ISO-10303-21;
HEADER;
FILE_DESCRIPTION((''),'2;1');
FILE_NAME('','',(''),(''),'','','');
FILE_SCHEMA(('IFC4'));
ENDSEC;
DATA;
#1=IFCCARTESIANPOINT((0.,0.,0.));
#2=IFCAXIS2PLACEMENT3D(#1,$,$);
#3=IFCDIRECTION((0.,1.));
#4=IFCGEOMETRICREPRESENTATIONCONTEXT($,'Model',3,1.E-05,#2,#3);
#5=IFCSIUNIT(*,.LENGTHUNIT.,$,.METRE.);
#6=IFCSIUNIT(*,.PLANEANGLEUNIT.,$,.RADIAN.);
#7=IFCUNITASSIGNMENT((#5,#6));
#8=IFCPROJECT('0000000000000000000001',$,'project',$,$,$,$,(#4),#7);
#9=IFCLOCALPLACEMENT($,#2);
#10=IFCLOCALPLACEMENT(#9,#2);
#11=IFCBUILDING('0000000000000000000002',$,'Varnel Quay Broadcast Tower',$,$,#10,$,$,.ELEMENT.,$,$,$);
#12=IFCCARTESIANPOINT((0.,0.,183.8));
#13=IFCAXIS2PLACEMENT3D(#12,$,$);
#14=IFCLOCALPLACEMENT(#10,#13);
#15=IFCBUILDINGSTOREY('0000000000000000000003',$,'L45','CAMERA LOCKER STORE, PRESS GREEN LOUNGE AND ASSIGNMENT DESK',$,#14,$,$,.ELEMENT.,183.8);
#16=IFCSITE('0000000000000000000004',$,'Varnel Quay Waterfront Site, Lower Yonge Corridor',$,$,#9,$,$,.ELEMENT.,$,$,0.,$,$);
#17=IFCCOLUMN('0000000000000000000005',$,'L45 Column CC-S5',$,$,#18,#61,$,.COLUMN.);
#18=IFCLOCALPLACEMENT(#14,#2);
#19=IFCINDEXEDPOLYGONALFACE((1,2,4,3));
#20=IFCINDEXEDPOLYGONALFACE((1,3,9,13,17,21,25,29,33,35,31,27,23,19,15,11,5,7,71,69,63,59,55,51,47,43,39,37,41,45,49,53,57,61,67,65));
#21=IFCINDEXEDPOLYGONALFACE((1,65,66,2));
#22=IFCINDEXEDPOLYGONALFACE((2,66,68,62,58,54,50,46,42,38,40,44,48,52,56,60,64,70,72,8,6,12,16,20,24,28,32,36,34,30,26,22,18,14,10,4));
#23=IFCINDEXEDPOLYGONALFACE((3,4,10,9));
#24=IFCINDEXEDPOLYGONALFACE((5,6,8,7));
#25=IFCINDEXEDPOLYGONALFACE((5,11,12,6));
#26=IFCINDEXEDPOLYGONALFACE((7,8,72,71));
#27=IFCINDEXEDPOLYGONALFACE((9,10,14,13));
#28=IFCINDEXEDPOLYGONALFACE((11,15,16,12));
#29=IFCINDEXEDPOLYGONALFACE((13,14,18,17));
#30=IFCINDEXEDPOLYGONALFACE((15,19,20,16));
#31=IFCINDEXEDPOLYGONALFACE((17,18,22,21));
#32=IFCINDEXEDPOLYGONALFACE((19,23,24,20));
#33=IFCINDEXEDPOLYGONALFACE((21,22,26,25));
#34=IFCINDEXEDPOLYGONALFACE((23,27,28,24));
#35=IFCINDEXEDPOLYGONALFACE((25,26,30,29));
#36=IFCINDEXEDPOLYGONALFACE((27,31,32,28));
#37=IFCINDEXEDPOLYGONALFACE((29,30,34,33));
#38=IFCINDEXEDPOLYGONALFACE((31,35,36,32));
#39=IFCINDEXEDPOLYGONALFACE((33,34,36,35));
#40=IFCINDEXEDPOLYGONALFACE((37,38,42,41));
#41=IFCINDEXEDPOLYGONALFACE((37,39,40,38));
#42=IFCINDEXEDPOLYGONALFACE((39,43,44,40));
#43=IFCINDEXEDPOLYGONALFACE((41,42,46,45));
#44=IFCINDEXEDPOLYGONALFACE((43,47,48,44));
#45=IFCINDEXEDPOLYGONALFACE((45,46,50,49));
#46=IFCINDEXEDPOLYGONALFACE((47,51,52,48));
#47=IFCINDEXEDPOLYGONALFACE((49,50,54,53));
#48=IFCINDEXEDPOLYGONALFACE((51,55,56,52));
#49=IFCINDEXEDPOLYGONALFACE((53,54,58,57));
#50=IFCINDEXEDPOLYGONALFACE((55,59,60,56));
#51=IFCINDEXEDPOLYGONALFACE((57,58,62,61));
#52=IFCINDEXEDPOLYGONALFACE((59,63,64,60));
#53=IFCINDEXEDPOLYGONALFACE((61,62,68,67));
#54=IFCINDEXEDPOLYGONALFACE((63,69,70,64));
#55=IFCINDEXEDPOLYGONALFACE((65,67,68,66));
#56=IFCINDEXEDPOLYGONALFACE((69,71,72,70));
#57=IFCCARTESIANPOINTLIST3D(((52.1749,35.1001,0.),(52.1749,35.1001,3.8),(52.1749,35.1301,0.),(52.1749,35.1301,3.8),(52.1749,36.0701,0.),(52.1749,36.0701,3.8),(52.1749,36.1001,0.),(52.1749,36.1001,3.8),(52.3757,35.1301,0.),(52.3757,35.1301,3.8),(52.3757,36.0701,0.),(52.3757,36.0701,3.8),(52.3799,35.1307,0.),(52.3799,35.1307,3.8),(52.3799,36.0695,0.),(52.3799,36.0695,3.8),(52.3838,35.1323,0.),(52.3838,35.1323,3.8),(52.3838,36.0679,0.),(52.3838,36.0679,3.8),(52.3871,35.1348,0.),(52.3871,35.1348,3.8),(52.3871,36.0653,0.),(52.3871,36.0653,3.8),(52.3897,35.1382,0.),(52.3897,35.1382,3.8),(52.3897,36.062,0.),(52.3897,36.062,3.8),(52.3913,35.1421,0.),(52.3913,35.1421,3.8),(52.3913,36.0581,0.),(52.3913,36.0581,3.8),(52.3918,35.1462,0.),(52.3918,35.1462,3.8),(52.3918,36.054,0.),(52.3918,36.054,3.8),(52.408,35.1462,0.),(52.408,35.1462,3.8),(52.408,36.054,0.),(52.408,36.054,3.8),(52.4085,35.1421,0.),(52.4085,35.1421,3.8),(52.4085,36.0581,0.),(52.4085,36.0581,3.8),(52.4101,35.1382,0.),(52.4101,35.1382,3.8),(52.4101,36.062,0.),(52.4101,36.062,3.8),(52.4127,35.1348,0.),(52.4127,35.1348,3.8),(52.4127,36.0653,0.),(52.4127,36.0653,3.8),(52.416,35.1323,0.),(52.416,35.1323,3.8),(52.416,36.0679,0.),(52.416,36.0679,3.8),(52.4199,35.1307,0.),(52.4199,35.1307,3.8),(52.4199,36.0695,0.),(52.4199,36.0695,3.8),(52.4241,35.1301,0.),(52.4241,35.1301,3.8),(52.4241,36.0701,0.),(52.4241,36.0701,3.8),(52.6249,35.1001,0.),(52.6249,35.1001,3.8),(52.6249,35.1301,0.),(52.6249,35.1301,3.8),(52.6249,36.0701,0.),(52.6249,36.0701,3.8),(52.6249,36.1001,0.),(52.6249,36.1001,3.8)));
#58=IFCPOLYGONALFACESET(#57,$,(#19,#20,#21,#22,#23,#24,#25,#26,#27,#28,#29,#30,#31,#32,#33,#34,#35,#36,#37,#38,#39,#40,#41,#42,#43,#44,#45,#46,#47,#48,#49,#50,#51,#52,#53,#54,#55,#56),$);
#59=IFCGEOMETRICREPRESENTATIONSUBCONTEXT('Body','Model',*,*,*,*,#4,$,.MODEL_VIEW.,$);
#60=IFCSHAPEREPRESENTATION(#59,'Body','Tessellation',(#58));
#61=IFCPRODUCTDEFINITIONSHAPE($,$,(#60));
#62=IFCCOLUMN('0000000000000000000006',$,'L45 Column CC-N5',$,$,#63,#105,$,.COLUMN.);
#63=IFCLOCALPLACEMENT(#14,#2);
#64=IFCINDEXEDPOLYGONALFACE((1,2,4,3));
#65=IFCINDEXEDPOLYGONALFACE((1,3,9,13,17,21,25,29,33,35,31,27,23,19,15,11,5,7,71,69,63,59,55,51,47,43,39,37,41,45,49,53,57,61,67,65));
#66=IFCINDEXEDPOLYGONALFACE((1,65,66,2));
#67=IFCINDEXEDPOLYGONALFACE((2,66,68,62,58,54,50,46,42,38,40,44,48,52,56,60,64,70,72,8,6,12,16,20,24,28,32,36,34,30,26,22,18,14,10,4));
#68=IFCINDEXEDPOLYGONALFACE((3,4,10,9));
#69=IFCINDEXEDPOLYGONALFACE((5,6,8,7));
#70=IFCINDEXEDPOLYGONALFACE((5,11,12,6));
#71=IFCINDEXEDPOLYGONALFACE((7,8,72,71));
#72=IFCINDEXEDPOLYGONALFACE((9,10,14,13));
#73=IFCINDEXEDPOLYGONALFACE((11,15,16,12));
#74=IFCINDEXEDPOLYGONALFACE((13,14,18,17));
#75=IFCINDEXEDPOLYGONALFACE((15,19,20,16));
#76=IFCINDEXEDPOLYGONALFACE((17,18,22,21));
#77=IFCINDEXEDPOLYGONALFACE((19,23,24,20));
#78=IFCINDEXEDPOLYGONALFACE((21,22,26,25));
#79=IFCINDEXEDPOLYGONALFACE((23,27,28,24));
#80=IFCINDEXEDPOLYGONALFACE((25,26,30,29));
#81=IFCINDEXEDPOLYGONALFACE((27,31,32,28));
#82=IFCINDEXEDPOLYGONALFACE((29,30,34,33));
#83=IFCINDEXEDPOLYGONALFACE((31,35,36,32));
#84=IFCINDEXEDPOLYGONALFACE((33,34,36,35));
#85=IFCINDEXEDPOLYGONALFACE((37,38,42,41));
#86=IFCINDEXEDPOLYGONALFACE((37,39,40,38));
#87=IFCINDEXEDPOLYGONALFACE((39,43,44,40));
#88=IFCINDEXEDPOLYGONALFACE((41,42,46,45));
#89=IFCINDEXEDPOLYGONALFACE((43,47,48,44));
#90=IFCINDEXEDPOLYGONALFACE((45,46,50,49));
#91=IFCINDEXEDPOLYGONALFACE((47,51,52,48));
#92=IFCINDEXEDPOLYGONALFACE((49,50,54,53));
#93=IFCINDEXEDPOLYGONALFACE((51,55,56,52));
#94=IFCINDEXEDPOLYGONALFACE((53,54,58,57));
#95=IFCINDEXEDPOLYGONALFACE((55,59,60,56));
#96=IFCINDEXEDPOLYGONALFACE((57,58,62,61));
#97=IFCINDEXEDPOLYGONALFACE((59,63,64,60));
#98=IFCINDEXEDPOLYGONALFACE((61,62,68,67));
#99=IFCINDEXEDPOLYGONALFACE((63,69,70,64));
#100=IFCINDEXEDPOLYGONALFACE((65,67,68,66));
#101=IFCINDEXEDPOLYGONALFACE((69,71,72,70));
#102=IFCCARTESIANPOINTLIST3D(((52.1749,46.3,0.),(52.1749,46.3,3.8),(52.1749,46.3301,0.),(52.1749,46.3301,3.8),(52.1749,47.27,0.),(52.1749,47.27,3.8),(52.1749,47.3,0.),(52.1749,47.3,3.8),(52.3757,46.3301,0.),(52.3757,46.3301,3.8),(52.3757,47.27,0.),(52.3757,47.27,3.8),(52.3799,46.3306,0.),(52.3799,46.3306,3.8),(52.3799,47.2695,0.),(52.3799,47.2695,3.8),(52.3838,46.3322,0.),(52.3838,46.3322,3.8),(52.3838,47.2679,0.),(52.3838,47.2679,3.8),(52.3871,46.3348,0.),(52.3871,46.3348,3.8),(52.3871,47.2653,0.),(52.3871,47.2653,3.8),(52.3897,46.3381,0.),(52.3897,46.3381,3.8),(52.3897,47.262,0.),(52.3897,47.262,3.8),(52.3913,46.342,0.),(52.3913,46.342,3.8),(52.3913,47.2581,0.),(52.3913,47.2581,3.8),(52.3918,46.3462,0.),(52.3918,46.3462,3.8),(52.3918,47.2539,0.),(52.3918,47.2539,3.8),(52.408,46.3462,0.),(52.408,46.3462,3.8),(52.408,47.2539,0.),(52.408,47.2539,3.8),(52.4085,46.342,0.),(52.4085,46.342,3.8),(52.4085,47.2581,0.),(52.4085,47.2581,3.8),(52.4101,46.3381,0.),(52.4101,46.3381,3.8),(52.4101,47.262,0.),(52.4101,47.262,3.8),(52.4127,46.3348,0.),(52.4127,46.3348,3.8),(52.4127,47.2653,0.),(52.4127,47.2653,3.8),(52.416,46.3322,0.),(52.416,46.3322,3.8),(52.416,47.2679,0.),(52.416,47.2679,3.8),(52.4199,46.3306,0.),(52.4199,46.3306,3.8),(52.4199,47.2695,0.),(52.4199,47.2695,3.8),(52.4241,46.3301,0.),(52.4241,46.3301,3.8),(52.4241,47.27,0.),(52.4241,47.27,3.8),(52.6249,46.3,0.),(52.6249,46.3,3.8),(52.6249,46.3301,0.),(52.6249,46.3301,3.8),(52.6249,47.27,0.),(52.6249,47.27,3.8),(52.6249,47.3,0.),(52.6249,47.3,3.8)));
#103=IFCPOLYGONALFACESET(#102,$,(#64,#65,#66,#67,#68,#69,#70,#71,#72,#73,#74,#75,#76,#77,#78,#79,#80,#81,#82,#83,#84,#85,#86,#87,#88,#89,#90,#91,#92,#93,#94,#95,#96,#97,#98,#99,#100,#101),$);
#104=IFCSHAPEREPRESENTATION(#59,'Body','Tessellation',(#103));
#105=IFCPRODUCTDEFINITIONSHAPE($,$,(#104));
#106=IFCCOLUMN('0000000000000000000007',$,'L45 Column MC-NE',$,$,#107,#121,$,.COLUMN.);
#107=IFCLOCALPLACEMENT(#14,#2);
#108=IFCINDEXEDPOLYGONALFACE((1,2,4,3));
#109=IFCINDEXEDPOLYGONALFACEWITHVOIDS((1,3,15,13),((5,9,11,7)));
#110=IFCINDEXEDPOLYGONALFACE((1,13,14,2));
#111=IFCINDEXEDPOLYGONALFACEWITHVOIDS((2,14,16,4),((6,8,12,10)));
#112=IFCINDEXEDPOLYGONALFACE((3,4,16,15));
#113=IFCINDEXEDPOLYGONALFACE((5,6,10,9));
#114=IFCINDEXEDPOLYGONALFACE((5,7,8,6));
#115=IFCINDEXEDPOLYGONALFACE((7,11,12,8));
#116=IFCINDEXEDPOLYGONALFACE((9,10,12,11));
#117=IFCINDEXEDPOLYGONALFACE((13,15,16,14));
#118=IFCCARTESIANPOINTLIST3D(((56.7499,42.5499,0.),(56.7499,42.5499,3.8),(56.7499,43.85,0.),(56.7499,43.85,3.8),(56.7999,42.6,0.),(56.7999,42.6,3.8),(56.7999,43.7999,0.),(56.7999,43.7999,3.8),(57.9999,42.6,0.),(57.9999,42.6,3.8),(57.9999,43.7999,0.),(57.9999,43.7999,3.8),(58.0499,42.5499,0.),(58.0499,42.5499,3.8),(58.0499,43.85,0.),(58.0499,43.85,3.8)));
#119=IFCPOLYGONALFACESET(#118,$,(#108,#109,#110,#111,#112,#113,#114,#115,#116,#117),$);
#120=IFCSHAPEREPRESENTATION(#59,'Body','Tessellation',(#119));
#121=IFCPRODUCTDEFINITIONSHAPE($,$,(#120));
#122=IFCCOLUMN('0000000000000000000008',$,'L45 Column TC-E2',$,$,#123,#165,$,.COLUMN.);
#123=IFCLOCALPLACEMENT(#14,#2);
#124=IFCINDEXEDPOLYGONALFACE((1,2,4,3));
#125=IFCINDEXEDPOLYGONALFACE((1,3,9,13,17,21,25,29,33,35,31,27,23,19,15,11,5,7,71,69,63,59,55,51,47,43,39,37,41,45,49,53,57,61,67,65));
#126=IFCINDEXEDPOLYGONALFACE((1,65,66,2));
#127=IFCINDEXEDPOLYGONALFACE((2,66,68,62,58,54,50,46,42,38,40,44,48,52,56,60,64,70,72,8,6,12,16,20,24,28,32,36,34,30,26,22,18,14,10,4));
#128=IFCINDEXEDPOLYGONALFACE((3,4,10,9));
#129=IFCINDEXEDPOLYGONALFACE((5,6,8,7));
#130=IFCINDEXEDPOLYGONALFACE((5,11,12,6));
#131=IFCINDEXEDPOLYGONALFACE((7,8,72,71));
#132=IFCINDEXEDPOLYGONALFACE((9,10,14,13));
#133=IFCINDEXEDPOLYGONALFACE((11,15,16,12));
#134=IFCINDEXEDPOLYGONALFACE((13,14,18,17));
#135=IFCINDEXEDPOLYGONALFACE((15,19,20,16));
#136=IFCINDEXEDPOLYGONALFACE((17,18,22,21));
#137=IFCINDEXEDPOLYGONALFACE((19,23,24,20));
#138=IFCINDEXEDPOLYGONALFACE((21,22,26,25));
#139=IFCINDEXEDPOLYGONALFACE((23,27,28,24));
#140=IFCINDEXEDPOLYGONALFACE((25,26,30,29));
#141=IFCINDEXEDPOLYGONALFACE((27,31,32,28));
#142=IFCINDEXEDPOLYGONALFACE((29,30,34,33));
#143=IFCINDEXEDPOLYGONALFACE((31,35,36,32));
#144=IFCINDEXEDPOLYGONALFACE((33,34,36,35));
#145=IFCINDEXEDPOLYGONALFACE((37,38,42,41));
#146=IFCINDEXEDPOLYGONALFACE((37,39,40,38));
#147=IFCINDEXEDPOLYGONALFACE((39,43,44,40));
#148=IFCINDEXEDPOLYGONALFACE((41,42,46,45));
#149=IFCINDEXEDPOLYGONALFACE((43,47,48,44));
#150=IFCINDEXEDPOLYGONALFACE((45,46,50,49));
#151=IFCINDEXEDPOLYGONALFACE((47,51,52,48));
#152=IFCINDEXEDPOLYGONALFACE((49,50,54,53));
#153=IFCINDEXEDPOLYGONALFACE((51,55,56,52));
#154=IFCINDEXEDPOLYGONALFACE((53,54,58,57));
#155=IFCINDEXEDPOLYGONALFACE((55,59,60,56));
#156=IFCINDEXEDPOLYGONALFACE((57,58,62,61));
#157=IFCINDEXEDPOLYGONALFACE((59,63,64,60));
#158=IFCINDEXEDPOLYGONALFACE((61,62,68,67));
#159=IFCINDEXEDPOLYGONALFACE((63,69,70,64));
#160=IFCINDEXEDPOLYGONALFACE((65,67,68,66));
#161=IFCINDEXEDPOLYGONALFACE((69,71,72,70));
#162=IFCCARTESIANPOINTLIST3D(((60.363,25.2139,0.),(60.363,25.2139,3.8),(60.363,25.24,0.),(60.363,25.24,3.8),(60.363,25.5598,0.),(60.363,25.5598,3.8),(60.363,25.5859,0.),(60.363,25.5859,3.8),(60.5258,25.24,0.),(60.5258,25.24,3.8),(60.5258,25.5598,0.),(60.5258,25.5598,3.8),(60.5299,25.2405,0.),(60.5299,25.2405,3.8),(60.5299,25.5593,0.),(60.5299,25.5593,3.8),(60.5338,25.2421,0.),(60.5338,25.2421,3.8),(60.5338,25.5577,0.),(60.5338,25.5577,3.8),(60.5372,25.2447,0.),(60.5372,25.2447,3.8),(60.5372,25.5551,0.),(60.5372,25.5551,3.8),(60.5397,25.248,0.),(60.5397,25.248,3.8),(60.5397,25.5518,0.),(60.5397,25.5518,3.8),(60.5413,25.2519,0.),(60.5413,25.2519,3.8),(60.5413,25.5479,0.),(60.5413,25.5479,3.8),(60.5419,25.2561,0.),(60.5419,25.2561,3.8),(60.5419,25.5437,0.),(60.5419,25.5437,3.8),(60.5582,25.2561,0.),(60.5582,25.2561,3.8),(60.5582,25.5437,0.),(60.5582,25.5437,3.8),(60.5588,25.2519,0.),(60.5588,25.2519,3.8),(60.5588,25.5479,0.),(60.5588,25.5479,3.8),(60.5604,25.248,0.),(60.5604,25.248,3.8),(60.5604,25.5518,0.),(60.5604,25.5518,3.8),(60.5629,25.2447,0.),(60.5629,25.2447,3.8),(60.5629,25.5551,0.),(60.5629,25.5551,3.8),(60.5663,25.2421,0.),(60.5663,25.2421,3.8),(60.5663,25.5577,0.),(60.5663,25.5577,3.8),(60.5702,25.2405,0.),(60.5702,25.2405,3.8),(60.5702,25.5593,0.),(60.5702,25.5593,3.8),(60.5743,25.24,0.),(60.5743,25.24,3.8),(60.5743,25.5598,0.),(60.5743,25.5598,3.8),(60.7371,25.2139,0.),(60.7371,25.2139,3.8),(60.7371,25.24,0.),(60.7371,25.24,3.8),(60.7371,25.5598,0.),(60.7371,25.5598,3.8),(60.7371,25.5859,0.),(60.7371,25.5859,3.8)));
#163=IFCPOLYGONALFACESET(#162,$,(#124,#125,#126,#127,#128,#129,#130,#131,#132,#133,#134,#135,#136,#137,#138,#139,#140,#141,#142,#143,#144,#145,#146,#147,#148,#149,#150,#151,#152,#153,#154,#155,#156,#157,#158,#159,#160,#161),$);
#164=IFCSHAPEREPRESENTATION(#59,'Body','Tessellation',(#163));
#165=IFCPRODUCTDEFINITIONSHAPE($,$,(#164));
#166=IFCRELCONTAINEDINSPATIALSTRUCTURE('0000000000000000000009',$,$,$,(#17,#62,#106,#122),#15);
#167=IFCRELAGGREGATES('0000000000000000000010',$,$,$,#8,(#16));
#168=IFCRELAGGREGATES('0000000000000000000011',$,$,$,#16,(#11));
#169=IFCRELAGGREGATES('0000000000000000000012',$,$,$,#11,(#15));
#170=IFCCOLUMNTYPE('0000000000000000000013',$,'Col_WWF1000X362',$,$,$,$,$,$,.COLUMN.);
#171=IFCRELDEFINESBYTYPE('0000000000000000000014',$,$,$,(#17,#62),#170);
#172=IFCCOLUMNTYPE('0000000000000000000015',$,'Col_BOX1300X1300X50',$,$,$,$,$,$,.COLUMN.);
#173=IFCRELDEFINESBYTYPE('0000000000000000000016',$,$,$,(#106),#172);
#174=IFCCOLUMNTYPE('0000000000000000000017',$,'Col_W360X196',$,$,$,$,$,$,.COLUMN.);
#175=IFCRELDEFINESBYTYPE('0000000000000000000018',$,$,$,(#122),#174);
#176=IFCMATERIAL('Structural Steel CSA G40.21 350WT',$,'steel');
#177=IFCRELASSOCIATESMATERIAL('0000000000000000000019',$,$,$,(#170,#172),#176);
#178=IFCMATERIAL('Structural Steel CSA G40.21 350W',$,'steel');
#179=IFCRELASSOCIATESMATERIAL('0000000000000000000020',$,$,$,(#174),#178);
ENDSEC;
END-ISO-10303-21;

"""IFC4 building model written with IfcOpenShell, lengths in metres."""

from ifc_helpers import new_model, si_unit, direction, frame, origin, origin_2d, place, context, subcontext, project, spatial, hollow_rectangle, i_section, extrude, source, transform, mapped, material, material_profile, profile_set, type_object, type_shapes, element, save


model = new_model("IFC4")

# Units and contexts
model_context = context("Model", 3, precision=1e-05, world=origin(), true_north=direction((0.0, 1.0)))
body_context = subcontext(model_context, "Body", "Model", "MODEL_VIEW")
ifc_project = project(units=[si_unit("LENGTHUNIT", "METRE"), si_unit("PLANEANGLEUNIT", "RADIAN")], contexts=[model_context])

# Site, building, storey
site_placement = place(None, origin())
site = spatial("IfcSite", under=ifc_project, at=site_placement, Name="Varnel Quay Waterfront Site, Lower Yonge Corridor", CompositionType="ELEMENT", RefElevation=0.0)
building_placement = place(site_placement, origin())
building = spatial("IfcBuilding", under=site, at=building_placement, Name="Varnel Quay Broadcast Tower", CompositionType="ELEMENT")
storey_placement = place(building_placement, frame((0.0, 0.0, 183.8)))
storey = spatial("IfcBuildingStorey", under=building, at=storey_placement, Name="L45", Description="CAMERA LOCKER STORE, PRESS GREEN LOUNGE AND ASSIGNMENT DESK", CompositionType="ELEMENT", Elevation=183.8)

# Columns
ifc_material_1 = material(Name="Structural Steel CSA G40.21 350WT", Category="steel")
ifc_material_profile_1 = material_profile(ifc_material_1, i_section(OverallWidth=0.45, OverallDepth=1.0, WebThickness=0.0161, FlangeThickness=0.03, FilletRadius=0.0161, at=origin_2d()), Name="WWF1000X362")
ifc_profile_set_1 = profile_set([ifc_material_profile_1], Name="Structural Steel CSA G40.21 350WT")
column_type_1 = type_object("IfcColumnType", Name="Col_WWF1000X362", PredefinedType="COLUMN", material=ifc_profile_set_1)
shared_shape_1 = source(origin(), body_context, "Body", "SweptSolid", [
    extrude(i_section(OverallWidth=0.45, OverallDepth=1.0, WebThickness=0.0161, FlangeThickness=0.03, FilletRadius=0.0161, at=origin_2d()), origin(), (0.0, 0.0, 1.0), 3.8),
])
type_shapes(column_type_1, [shared_shape_1])
for number, where, z_axis, x_axis, name in (
    (1, (52.3999, 35.6001, 0.0), (0.0, 0.0, 1.0), (1.0, 0.0, 0.0), "L45 Column CC-S5"),
    (2, (52.3999, 46.8, 0.0), (0.0, 0.0, 1.0), (1.0, 0.0, 0.0), "L45 Column CC-N5"),
):
    element("IfcColumn", number, at=place(storey_placement, frame(where, z_axis=z_axis, x_axis=x_axis)), inside=storey, type_object=column_type_1, Name=name, PredefinedType="COLUMN", context=body_context, shape_type="MappedRepresentation", body=[
        mapped(shared_shape_1, transform((0.0, 0.0, 0.0), x_axis=(1.0, 0.0, 0.0), y_axis=(0.0, 1.0, 0.0), z_axis=(0.0, 0.0, 1.0), scale=1.0)),
    ])
ifc_material_profile_2 = material_profile(ifc_material_1, hollow_rectangle(XDim=1.3, YDim=1.3, WallThickness=0.05, at=origin_2d()), Name="BOX1300X1300X50")
ifc_profile_set_2 = profile_set([ifc_material_profile_2], Name="Structural Steel CSA G40.21 350WT")
column_type_2 = type_object("IfcColumnType", Name="Col_BOX1300X1300X50", PredefinedType="COLUMN", material=ifc_profile_set_2)
shared_shape_2 = source(origin(), body_context, "Body", "SweptSolid", [
    extrude(hollow_rectangle(XDim=1.3, YDim=1.3, WallThickness=0.05, at=origin_2d()), origin(), (0.0, 0.0, 1.0), 3.8),
])
type_shapes(column_type_2, [shared_shape_2])
column_placement = place(storey_placement, frame((57.3999, 43.2, 0.0), z_axis=(0.0, 0.0, 1.0), x_axis=(1.0, 0.0, 0.0)))
element("IfcColumn", 3, at=column_placement, inside=storey, type_object=column_type_2, Name="L45 Column MC-NE", PredefinedType="COLUMN", context=body_context, shape_type="MappedRepresentation", body=[
    mapped(shared_shape_2, transform((0.0, 0.0, 0.0), x_axis=(1.0, 0.0, 0.0), y_axis=(0.0, 1.0, 0.0), z_axis=(0.0, 0.0, 1.0), scale=1.0)),
])
ifc_material_2 = material(Name="Structural Steel CSA G40.21 350W", Category="steel")
ifc_material_profile_3 = material_profile(ifc_material_2, i_section(OverallWidth=0.374, OverallDepth=0.3721, WebThickness=0.0164, FlangeThickness=0.0261, FilletRadius=0.0161, at=origin_2d()), Name="W360X196")
ifc_profile_set_3 = profile_set([ifc_material_profile_3], Name="Structural Steel CSA G40.21 350W")
column_type_3 = type_object("IfcColumnType", Name="Col_W360X196", PredefinedType="COLUMN", material=ifc_profile_set_3)
shared_shape_3 = source(origin(), body_context, "Body", "SweptSolid", [
    extrude(i_section(OverallWidth=0.374, OverallDepth=0.3721, WebThickness=0.0164, FlangeThickness=0.0261, FilletRadius=0.0161, at=origin_2d()), origin(), (0.0, 0.0, 1.0), 3.8),
])
type_shapes(column_type_3, [shared_shape_3])
for number, where, z_axis, x_axis, name in (
    (4, (60.55, 25.3999, 0.0), (0.0, 0.0, 1.0), (1.0, 0.0, 0.0), "L45 Column TC-E2"),
):
    element("IfcColumn", number, at=place(storey_placement, frame(where, z_axis=z_axis, x_axis=x_axis)), inside=storey, type_object=column_type_3, Name=name, PredefinedType="COLUMN", context=body_context, shape_type="MappedRepresentation", body=[
        mapped(shared_shape_3, transform((0.0, 0.0, 0.0), x_axis=(1.0, 0.0, 0.0), y_axis=(0.0, 1.0, 0.0), z_axis=(0.0, 0.0, 1.0), scale=1.0)),
    ])

save(model, "model.ifc")
